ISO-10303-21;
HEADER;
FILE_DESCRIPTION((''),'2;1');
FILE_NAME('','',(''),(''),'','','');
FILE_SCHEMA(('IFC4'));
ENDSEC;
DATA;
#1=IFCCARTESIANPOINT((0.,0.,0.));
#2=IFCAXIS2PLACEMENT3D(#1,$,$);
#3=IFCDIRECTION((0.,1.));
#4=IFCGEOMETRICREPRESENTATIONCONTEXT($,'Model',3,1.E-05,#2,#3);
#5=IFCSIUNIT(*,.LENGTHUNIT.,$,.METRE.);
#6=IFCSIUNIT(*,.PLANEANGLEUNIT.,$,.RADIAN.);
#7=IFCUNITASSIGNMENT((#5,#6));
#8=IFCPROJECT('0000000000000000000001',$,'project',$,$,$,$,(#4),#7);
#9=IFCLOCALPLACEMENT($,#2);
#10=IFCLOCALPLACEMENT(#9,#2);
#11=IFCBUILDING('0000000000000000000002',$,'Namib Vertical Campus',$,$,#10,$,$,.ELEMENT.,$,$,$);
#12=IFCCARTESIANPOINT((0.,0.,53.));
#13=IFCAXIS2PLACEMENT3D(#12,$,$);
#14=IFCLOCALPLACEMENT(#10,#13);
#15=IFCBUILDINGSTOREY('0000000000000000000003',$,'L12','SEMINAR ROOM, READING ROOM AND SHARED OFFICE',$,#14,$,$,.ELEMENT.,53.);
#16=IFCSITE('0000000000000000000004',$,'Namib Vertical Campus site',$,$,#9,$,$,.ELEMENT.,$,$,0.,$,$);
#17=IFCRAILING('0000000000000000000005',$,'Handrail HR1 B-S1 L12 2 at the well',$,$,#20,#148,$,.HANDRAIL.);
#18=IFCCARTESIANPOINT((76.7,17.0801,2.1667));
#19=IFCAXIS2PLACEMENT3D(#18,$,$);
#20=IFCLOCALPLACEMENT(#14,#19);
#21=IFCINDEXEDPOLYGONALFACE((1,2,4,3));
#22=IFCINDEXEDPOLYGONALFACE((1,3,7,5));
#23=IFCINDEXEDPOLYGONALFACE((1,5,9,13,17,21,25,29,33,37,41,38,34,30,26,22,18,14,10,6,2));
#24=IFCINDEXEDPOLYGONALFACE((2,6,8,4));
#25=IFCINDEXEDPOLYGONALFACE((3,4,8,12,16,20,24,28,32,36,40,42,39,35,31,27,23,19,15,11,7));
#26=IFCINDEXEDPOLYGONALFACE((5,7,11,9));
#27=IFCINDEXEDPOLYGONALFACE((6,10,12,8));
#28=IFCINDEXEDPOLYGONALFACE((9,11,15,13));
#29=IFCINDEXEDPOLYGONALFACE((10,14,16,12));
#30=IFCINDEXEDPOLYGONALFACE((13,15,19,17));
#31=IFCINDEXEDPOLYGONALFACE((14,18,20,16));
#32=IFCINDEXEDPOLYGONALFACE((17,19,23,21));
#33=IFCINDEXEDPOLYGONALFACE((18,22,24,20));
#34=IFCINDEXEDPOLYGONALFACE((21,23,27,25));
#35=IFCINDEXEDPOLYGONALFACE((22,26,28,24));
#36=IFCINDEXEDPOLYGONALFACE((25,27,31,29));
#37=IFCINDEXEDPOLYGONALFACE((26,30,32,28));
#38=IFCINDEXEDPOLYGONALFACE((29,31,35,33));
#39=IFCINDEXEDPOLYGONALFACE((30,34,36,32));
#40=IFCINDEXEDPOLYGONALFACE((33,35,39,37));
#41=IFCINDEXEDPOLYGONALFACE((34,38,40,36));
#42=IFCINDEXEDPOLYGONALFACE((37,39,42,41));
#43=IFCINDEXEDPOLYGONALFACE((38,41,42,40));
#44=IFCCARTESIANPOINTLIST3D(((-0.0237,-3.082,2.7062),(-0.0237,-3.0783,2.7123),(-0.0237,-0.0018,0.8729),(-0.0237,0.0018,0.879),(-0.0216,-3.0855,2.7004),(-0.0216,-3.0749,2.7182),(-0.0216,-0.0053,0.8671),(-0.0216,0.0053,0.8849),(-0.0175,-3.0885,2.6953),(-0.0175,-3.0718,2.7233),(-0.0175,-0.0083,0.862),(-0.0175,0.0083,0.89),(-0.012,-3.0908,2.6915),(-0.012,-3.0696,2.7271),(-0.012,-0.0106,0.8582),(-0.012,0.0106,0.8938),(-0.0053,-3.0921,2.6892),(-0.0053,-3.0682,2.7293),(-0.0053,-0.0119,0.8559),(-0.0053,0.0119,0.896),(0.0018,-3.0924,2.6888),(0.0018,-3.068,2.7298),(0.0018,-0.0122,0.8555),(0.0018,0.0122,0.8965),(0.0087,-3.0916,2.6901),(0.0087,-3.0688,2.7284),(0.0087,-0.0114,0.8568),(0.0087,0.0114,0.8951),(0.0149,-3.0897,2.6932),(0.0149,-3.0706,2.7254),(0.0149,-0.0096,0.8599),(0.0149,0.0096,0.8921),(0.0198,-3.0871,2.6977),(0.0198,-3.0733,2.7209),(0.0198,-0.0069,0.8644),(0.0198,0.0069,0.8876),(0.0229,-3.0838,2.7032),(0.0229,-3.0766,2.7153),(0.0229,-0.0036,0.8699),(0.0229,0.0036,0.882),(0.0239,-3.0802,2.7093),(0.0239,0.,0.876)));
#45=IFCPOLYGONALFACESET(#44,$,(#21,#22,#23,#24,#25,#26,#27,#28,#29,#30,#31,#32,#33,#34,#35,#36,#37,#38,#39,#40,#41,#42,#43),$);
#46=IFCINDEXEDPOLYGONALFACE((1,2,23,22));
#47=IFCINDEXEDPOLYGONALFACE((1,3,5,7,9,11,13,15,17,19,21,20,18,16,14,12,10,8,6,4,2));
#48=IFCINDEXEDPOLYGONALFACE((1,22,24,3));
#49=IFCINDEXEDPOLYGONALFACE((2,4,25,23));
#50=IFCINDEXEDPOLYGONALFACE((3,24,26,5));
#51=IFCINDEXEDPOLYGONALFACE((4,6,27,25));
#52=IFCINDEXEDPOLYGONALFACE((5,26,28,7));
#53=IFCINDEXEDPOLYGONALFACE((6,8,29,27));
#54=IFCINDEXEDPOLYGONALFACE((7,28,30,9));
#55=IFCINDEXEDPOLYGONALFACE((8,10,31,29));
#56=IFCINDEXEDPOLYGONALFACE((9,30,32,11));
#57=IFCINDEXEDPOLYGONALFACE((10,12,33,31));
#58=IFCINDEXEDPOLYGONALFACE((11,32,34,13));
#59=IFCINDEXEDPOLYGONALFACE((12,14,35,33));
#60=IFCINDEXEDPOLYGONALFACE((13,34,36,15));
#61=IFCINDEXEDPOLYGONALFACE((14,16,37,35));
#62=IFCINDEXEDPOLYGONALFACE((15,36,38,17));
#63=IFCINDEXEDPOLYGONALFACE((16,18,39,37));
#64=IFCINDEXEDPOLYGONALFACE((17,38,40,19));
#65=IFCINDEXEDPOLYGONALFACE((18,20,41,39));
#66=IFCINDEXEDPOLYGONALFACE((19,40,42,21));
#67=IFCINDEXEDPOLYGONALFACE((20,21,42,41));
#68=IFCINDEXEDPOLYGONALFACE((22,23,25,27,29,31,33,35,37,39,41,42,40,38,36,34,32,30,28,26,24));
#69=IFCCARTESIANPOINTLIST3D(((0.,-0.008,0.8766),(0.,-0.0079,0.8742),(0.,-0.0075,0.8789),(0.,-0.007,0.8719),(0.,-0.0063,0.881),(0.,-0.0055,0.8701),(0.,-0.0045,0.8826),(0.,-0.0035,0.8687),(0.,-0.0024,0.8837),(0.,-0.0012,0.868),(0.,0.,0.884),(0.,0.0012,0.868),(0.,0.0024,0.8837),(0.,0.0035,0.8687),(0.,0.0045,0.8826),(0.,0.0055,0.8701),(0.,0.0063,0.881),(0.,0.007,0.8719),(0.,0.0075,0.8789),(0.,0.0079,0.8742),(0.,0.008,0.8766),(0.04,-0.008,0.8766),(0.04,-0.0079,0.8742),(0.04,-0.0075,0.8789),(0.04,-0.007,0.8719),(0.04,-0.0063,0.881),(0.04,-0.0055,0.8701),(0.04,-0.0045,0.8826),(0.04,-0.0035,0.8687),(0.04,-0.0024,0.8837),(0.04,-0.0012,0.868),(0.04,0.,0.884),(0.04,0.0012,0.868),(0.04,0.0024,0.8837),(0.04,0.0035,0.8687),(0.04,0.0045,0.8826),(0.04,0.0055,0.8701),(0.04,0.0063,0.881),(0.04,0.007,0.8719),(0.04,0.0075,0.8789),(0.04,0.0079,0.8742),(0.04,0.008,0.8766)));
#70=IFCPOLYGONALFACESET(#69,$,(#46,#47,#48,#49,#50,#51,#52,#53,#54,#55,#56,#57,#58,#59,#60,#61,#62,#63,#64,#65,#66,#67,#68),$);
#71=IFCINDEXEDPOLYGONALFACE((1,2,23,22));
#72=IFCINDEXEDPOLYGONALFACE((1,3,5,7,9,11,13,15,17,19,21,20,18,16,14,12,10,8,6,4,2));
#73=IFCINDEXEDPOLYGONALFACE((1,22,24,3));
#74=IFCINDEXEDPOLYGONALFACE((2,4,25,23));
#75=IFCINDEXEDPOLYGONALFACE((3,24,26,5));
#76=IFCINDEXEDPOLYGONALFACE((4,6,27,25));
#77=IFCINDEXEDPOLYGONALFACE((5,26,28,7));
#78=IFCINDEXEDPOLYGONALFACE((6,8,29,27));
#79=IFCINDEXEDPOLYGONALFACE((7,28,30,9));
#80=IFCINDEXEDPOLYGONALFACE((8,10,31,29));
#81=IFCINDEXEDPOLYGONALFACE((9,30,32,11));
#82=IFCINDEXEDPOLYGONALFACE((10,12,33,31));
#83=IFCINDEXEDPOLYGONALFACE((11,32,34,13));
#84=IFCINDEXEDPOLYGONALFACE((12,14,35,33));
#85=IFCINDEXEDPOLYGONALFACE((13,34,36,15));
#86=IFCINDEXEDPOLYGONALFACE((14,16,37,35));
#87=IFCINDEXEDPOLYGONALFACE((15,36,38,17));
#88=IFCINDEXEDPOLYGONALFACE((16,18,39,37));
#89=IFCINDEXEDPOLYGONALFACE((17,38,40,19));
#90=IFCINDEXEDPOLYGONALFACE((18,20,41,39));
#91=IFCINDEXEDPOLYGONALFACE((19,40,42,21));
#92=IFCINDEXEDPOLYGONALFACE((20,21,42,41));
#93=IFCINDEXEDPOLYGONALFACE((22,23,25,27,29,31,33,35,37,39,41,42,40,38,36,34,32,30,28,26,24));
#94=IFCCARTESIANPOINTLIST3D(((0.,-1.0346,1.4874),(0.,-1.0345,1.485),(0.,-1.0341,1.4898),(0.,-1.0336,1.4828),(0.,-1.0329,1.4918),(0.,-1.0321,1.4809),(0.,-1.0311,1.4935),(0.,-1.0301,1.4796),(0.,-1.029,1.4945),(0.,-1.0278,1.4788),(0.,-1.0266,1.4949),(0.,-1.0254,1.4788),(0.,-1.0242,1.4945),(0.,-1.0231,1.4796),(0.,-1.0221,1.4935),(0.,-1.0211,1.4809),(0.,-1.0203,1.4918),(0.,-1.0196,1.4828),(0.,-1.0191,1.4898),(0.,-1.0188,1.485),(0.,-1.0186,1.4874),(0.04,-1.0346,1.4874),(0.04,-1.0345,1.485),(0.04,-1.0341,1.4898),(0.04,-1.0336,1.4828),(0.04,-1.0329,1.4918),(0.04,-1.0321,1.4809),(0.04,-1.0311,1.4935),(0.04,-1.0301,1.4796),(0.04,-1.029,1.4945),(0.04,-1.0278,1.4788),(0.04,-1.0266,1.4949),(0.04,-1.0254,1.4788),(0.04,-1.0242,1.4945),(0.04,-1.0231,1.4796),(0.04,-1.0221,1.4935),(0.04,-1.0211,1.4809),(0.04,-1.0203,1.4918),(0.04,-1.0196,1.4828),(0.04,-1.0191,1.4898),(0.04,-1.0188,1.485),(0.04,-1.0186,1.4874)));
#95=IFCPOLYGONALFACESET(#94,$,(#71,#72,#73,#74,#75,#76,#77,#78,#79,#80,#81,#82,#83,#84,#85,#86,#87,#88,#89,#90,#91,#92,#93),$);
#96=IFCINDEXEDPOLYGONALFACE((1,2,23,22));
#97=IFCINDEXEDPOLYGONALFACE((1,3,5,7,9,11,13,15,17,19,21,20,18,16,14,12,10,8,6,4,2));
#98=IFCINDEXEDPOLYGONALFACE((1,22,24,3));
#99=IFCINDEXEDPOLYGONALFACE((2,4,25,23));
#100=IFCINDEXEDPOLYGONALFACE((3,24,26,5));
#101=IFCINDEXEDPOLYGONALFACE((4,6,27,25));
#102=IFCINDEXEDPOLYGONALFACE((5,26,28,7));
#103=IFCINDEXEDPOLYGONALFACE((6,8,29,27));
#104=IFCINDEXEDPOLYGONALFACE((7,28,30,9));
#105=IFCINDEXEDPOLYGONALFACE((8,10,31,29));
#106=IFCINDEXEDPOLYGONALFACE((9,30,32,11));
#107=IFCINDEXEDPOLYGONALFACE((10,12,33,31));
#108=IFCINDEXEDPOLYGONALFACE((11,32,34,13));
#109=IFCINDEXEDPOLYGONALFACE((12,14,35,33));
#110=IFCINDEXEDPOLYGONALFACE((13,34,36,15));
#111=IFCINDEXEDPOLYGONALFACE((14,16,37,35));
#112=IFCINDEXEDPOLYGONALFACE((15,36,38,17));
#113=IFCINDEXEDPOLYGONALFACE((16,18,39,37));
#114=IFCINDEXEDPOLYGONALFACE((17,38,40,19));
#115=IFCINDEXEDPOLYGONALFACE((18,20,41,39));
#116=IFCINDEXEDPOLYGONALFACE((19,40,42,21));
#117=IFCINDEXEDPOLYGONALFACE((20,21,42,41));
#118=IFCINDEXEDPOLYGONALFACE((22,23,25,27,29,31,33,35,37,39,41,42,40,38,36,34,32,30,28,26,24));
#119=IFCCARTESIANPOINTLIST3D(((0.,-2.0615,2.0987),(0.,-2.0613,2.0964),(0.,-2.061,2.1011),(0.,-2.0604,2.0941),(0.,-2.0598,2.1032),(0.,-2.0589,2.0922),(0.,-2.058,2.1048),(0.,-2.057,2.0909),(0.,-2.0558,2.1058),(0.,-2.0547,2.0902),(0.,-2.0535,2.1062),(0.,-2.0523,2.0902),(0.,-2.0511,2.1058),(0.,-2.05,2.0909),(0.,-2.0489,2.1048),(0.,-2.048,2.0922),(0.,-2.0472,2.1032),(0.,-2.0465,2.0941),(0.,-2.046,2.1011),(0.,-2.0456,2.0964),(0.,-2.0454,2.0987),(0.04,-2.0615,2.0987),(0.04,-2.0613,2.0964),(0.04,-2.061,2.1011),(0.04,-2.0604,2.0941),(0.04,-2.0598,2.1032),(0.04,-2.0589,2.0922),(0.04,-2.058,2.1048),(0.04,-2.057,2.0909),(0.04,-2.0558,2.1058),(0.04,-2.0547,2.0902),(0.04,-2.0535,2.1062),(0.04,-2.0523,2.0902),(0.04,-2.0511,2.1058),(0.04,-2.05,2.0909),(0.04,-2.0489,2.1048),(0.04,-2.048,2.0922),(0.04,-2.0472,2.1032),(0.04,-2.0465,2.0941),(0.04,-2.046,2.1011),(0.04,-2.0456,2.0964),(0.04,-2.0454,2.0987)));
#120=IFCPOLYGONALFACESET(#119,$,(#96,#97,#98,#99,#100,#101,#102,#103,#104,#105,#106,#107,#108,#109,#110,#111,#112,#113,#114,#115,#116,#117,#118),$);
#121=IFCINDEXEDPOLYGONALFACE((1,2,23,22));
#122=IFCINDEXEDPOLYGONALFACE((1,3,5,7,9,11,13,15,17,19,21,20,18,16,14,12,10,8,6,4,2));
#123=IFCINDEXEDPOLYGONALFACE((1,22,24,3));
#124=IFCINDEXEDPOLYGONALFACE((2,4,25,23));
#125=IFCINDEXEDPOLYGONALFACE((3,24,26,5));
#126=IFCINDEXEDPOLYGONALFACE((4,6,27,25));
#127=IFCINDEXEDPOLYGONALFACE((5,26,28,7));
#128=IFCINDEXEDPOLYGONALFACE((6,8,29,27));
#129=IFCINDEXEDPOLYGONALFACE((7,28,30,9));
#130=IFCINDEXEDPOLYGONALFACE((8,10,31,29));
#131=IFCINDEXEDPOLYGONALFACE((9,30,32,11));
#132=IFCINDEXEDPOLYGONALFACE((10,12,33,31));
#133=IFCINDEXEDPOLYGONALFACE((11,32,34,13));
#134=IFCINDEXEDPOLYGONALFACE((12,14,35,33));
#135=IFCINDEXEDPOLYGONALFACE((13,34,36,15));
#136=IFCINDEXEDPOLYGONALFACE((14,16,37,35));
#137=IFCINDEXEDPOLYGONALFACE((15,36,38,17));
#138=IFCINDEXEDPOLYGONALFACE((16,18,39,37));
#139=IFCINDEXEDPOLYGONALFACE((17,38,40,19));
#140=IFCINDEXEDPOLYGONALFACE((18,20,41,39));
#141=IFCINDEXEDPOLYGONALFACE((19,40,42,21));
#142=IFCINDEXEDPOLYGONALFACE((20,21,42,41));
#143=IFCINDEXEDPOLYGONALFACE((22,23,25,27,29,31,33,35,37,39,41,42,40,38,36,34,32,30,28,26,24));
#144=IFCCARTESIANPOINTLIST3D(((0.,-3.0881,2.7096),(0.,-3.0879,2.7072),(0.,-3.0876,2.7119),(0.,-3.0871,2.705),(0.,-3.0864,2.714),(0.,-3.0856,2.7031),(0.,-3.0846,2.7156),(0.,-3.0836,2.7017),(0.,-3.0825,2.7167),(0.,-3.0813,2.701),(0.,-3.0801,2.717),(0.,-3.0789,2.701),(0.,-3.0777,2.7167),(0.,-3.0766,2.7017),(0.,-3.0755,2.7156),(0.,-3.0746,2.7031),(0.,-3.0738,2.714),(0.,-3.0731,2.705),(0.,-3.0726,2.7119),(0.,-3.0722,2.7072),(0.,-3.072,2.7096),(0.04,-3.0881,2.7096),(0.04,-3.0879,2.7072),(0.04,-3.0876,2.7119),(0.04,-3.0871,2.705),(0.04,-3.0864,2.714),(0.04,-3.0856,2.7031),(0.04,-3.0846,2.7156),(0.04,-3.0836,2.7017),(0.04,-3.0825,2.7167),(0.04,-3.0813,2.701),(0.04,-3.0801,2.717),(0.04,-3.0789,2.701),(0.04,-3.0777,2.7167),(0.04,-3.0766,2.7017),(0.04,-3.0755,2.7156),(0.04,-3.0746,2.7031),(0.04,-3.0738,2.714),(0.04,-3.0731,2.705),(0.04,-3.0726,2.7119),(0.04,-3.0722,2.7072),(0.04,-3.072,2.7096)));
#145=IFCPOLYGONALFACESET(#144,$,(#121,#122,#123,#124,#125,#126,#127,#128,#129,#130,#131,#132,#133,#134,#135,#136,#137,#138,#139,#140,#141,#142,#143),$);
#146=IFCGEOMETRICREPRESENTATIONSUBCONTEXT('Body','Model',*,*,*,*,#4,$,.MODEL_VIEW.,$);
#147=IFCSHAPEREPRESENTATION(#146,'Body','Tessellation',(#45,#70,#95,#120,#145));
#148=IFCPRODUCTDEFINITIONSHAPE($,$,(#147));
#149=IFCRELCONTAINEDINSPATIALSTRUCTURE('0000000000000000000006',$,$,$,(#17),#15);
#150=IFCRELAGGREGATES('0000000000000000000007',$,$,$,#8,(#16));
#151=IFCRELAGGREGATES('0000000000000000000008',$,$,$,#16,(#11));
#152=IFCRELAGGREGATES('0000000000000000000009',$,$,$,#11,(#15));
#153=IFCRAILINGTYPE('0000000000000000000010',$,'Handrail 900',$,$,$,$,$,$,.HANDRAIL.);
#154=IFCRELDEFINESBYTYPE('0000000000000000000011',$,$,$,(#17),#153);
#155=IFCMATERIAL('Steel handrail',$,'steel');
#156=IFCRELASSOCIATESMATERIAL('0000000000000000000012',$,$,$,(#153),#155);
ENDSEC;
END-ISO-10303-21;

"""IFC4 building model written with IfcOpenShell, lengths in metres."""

from ifc_helpers import new_model, si_unit, direction, frame, origin, origin_2d, place, context, subcontext, project, spatial, circle, extrude, material, type_object, element, save


model = new_model("IFC4")

# Units and contexts
model_context = context("Model", 3, precision=1e-05, world=origin(), true_north=direction((0.0, 1.0)))
body_context = subcontext(model_context, "Body", "Model", "MODEL_VIEW")
ifc_project = project(units=[si_unit("LENGTHUNIT", "METRE"), si_unit("PLANEANGLEUNIT", "RADIAN")], contexts=[model_context])

# Site, building, storey
site_placement = place(None, origin())
site = spatial("IfcSite", under=ifc_project, at=site_placement, Name="Namib Vertical Campus site", CompositionType="ELEMENT", RefElevation=0.0)
building_placement = place(site_placement, origin())
building = spatial("IfcBuilding", under=site, at=building_placement, Name="Namib Vertical Campus", CompositionType="ELEMENT")
storey_placement = place(building_placement, frame((0.0, 0.0, 53.0)))
storey = spatial("IfcBuildingStorey", under=building, at=storey_placement, Name="L12", Description="SEMINAR ROOM, READING ROOM AND SHARED OFFICE", CompositionType="ELEMENT", Elevation=53.0)

# Railing
ifc_material_1 = material(Name="Steel handrail", Category="steel")
railing_type_1 = type_object("IfcRailingType", Name="Handrail 900", PredefinedType="HANDRAIL", material=ifc_material_1)
railing_1_placement = place(storey_placement, frame((76.7, 17.0801, 2.1667)))
element("IfcRailing", 1, at=railing_1_placement, inside=storey, type_object=railing_type_1, Name="Handrail HR1 B-S1 L12 2 at the well", PredefinedType="HANDRAIL", context=body_context, shape_type="SweptSolid", body=[
    extrude(circle(Radius=0.0239, at=origin_2d()), frame((0.0, 0.0, 0.876), z_axis=(0.0, -0.859309, 0.511458), x_axis=(1.0, 0.0, 0.0)), (0.0, 0.0, 1.0), 3.5845),
    extrude(circle(Radius=0.0081, at=origin_2d()), frame((0.0, 0.0, 0.876), z_axis=(1.0, 0.0, 0.0), x_axis=(0.0, 0.0, 1.0)), (0.0, 0.0, 1.0), 0.04),
    extrude(circle(Radius=0.0081, at=origin_2d()), frame((0.0, -1.0266, 1.4868), z_axis=(1.0, 0.0, 0.0), x_axis=(0.0, 0.0, 1.0)), (0.0, 0.0, 1.0), 0.04),
    extrude(circle(Radius=0.0081, at=origin_2d()), frame((0.0, -2.0535, 2.0981), z_axis=(1.0, 0.0, 0.0), x_axis=(0.0, 0.0, 1.0)), (0.0, 0.0, 1.0), 0.04),
    extrude(circle(Radius=0.0081, at=origin_2d()), frame((0.0, -3.0801, 2.709), z_axis=(1.0, 0.0, 0.0), x_axis=(0.0, 0.0, 1.0)), (0.0, 0.0, 1.0), 0.04),
])

save(model, "model.ifc")
